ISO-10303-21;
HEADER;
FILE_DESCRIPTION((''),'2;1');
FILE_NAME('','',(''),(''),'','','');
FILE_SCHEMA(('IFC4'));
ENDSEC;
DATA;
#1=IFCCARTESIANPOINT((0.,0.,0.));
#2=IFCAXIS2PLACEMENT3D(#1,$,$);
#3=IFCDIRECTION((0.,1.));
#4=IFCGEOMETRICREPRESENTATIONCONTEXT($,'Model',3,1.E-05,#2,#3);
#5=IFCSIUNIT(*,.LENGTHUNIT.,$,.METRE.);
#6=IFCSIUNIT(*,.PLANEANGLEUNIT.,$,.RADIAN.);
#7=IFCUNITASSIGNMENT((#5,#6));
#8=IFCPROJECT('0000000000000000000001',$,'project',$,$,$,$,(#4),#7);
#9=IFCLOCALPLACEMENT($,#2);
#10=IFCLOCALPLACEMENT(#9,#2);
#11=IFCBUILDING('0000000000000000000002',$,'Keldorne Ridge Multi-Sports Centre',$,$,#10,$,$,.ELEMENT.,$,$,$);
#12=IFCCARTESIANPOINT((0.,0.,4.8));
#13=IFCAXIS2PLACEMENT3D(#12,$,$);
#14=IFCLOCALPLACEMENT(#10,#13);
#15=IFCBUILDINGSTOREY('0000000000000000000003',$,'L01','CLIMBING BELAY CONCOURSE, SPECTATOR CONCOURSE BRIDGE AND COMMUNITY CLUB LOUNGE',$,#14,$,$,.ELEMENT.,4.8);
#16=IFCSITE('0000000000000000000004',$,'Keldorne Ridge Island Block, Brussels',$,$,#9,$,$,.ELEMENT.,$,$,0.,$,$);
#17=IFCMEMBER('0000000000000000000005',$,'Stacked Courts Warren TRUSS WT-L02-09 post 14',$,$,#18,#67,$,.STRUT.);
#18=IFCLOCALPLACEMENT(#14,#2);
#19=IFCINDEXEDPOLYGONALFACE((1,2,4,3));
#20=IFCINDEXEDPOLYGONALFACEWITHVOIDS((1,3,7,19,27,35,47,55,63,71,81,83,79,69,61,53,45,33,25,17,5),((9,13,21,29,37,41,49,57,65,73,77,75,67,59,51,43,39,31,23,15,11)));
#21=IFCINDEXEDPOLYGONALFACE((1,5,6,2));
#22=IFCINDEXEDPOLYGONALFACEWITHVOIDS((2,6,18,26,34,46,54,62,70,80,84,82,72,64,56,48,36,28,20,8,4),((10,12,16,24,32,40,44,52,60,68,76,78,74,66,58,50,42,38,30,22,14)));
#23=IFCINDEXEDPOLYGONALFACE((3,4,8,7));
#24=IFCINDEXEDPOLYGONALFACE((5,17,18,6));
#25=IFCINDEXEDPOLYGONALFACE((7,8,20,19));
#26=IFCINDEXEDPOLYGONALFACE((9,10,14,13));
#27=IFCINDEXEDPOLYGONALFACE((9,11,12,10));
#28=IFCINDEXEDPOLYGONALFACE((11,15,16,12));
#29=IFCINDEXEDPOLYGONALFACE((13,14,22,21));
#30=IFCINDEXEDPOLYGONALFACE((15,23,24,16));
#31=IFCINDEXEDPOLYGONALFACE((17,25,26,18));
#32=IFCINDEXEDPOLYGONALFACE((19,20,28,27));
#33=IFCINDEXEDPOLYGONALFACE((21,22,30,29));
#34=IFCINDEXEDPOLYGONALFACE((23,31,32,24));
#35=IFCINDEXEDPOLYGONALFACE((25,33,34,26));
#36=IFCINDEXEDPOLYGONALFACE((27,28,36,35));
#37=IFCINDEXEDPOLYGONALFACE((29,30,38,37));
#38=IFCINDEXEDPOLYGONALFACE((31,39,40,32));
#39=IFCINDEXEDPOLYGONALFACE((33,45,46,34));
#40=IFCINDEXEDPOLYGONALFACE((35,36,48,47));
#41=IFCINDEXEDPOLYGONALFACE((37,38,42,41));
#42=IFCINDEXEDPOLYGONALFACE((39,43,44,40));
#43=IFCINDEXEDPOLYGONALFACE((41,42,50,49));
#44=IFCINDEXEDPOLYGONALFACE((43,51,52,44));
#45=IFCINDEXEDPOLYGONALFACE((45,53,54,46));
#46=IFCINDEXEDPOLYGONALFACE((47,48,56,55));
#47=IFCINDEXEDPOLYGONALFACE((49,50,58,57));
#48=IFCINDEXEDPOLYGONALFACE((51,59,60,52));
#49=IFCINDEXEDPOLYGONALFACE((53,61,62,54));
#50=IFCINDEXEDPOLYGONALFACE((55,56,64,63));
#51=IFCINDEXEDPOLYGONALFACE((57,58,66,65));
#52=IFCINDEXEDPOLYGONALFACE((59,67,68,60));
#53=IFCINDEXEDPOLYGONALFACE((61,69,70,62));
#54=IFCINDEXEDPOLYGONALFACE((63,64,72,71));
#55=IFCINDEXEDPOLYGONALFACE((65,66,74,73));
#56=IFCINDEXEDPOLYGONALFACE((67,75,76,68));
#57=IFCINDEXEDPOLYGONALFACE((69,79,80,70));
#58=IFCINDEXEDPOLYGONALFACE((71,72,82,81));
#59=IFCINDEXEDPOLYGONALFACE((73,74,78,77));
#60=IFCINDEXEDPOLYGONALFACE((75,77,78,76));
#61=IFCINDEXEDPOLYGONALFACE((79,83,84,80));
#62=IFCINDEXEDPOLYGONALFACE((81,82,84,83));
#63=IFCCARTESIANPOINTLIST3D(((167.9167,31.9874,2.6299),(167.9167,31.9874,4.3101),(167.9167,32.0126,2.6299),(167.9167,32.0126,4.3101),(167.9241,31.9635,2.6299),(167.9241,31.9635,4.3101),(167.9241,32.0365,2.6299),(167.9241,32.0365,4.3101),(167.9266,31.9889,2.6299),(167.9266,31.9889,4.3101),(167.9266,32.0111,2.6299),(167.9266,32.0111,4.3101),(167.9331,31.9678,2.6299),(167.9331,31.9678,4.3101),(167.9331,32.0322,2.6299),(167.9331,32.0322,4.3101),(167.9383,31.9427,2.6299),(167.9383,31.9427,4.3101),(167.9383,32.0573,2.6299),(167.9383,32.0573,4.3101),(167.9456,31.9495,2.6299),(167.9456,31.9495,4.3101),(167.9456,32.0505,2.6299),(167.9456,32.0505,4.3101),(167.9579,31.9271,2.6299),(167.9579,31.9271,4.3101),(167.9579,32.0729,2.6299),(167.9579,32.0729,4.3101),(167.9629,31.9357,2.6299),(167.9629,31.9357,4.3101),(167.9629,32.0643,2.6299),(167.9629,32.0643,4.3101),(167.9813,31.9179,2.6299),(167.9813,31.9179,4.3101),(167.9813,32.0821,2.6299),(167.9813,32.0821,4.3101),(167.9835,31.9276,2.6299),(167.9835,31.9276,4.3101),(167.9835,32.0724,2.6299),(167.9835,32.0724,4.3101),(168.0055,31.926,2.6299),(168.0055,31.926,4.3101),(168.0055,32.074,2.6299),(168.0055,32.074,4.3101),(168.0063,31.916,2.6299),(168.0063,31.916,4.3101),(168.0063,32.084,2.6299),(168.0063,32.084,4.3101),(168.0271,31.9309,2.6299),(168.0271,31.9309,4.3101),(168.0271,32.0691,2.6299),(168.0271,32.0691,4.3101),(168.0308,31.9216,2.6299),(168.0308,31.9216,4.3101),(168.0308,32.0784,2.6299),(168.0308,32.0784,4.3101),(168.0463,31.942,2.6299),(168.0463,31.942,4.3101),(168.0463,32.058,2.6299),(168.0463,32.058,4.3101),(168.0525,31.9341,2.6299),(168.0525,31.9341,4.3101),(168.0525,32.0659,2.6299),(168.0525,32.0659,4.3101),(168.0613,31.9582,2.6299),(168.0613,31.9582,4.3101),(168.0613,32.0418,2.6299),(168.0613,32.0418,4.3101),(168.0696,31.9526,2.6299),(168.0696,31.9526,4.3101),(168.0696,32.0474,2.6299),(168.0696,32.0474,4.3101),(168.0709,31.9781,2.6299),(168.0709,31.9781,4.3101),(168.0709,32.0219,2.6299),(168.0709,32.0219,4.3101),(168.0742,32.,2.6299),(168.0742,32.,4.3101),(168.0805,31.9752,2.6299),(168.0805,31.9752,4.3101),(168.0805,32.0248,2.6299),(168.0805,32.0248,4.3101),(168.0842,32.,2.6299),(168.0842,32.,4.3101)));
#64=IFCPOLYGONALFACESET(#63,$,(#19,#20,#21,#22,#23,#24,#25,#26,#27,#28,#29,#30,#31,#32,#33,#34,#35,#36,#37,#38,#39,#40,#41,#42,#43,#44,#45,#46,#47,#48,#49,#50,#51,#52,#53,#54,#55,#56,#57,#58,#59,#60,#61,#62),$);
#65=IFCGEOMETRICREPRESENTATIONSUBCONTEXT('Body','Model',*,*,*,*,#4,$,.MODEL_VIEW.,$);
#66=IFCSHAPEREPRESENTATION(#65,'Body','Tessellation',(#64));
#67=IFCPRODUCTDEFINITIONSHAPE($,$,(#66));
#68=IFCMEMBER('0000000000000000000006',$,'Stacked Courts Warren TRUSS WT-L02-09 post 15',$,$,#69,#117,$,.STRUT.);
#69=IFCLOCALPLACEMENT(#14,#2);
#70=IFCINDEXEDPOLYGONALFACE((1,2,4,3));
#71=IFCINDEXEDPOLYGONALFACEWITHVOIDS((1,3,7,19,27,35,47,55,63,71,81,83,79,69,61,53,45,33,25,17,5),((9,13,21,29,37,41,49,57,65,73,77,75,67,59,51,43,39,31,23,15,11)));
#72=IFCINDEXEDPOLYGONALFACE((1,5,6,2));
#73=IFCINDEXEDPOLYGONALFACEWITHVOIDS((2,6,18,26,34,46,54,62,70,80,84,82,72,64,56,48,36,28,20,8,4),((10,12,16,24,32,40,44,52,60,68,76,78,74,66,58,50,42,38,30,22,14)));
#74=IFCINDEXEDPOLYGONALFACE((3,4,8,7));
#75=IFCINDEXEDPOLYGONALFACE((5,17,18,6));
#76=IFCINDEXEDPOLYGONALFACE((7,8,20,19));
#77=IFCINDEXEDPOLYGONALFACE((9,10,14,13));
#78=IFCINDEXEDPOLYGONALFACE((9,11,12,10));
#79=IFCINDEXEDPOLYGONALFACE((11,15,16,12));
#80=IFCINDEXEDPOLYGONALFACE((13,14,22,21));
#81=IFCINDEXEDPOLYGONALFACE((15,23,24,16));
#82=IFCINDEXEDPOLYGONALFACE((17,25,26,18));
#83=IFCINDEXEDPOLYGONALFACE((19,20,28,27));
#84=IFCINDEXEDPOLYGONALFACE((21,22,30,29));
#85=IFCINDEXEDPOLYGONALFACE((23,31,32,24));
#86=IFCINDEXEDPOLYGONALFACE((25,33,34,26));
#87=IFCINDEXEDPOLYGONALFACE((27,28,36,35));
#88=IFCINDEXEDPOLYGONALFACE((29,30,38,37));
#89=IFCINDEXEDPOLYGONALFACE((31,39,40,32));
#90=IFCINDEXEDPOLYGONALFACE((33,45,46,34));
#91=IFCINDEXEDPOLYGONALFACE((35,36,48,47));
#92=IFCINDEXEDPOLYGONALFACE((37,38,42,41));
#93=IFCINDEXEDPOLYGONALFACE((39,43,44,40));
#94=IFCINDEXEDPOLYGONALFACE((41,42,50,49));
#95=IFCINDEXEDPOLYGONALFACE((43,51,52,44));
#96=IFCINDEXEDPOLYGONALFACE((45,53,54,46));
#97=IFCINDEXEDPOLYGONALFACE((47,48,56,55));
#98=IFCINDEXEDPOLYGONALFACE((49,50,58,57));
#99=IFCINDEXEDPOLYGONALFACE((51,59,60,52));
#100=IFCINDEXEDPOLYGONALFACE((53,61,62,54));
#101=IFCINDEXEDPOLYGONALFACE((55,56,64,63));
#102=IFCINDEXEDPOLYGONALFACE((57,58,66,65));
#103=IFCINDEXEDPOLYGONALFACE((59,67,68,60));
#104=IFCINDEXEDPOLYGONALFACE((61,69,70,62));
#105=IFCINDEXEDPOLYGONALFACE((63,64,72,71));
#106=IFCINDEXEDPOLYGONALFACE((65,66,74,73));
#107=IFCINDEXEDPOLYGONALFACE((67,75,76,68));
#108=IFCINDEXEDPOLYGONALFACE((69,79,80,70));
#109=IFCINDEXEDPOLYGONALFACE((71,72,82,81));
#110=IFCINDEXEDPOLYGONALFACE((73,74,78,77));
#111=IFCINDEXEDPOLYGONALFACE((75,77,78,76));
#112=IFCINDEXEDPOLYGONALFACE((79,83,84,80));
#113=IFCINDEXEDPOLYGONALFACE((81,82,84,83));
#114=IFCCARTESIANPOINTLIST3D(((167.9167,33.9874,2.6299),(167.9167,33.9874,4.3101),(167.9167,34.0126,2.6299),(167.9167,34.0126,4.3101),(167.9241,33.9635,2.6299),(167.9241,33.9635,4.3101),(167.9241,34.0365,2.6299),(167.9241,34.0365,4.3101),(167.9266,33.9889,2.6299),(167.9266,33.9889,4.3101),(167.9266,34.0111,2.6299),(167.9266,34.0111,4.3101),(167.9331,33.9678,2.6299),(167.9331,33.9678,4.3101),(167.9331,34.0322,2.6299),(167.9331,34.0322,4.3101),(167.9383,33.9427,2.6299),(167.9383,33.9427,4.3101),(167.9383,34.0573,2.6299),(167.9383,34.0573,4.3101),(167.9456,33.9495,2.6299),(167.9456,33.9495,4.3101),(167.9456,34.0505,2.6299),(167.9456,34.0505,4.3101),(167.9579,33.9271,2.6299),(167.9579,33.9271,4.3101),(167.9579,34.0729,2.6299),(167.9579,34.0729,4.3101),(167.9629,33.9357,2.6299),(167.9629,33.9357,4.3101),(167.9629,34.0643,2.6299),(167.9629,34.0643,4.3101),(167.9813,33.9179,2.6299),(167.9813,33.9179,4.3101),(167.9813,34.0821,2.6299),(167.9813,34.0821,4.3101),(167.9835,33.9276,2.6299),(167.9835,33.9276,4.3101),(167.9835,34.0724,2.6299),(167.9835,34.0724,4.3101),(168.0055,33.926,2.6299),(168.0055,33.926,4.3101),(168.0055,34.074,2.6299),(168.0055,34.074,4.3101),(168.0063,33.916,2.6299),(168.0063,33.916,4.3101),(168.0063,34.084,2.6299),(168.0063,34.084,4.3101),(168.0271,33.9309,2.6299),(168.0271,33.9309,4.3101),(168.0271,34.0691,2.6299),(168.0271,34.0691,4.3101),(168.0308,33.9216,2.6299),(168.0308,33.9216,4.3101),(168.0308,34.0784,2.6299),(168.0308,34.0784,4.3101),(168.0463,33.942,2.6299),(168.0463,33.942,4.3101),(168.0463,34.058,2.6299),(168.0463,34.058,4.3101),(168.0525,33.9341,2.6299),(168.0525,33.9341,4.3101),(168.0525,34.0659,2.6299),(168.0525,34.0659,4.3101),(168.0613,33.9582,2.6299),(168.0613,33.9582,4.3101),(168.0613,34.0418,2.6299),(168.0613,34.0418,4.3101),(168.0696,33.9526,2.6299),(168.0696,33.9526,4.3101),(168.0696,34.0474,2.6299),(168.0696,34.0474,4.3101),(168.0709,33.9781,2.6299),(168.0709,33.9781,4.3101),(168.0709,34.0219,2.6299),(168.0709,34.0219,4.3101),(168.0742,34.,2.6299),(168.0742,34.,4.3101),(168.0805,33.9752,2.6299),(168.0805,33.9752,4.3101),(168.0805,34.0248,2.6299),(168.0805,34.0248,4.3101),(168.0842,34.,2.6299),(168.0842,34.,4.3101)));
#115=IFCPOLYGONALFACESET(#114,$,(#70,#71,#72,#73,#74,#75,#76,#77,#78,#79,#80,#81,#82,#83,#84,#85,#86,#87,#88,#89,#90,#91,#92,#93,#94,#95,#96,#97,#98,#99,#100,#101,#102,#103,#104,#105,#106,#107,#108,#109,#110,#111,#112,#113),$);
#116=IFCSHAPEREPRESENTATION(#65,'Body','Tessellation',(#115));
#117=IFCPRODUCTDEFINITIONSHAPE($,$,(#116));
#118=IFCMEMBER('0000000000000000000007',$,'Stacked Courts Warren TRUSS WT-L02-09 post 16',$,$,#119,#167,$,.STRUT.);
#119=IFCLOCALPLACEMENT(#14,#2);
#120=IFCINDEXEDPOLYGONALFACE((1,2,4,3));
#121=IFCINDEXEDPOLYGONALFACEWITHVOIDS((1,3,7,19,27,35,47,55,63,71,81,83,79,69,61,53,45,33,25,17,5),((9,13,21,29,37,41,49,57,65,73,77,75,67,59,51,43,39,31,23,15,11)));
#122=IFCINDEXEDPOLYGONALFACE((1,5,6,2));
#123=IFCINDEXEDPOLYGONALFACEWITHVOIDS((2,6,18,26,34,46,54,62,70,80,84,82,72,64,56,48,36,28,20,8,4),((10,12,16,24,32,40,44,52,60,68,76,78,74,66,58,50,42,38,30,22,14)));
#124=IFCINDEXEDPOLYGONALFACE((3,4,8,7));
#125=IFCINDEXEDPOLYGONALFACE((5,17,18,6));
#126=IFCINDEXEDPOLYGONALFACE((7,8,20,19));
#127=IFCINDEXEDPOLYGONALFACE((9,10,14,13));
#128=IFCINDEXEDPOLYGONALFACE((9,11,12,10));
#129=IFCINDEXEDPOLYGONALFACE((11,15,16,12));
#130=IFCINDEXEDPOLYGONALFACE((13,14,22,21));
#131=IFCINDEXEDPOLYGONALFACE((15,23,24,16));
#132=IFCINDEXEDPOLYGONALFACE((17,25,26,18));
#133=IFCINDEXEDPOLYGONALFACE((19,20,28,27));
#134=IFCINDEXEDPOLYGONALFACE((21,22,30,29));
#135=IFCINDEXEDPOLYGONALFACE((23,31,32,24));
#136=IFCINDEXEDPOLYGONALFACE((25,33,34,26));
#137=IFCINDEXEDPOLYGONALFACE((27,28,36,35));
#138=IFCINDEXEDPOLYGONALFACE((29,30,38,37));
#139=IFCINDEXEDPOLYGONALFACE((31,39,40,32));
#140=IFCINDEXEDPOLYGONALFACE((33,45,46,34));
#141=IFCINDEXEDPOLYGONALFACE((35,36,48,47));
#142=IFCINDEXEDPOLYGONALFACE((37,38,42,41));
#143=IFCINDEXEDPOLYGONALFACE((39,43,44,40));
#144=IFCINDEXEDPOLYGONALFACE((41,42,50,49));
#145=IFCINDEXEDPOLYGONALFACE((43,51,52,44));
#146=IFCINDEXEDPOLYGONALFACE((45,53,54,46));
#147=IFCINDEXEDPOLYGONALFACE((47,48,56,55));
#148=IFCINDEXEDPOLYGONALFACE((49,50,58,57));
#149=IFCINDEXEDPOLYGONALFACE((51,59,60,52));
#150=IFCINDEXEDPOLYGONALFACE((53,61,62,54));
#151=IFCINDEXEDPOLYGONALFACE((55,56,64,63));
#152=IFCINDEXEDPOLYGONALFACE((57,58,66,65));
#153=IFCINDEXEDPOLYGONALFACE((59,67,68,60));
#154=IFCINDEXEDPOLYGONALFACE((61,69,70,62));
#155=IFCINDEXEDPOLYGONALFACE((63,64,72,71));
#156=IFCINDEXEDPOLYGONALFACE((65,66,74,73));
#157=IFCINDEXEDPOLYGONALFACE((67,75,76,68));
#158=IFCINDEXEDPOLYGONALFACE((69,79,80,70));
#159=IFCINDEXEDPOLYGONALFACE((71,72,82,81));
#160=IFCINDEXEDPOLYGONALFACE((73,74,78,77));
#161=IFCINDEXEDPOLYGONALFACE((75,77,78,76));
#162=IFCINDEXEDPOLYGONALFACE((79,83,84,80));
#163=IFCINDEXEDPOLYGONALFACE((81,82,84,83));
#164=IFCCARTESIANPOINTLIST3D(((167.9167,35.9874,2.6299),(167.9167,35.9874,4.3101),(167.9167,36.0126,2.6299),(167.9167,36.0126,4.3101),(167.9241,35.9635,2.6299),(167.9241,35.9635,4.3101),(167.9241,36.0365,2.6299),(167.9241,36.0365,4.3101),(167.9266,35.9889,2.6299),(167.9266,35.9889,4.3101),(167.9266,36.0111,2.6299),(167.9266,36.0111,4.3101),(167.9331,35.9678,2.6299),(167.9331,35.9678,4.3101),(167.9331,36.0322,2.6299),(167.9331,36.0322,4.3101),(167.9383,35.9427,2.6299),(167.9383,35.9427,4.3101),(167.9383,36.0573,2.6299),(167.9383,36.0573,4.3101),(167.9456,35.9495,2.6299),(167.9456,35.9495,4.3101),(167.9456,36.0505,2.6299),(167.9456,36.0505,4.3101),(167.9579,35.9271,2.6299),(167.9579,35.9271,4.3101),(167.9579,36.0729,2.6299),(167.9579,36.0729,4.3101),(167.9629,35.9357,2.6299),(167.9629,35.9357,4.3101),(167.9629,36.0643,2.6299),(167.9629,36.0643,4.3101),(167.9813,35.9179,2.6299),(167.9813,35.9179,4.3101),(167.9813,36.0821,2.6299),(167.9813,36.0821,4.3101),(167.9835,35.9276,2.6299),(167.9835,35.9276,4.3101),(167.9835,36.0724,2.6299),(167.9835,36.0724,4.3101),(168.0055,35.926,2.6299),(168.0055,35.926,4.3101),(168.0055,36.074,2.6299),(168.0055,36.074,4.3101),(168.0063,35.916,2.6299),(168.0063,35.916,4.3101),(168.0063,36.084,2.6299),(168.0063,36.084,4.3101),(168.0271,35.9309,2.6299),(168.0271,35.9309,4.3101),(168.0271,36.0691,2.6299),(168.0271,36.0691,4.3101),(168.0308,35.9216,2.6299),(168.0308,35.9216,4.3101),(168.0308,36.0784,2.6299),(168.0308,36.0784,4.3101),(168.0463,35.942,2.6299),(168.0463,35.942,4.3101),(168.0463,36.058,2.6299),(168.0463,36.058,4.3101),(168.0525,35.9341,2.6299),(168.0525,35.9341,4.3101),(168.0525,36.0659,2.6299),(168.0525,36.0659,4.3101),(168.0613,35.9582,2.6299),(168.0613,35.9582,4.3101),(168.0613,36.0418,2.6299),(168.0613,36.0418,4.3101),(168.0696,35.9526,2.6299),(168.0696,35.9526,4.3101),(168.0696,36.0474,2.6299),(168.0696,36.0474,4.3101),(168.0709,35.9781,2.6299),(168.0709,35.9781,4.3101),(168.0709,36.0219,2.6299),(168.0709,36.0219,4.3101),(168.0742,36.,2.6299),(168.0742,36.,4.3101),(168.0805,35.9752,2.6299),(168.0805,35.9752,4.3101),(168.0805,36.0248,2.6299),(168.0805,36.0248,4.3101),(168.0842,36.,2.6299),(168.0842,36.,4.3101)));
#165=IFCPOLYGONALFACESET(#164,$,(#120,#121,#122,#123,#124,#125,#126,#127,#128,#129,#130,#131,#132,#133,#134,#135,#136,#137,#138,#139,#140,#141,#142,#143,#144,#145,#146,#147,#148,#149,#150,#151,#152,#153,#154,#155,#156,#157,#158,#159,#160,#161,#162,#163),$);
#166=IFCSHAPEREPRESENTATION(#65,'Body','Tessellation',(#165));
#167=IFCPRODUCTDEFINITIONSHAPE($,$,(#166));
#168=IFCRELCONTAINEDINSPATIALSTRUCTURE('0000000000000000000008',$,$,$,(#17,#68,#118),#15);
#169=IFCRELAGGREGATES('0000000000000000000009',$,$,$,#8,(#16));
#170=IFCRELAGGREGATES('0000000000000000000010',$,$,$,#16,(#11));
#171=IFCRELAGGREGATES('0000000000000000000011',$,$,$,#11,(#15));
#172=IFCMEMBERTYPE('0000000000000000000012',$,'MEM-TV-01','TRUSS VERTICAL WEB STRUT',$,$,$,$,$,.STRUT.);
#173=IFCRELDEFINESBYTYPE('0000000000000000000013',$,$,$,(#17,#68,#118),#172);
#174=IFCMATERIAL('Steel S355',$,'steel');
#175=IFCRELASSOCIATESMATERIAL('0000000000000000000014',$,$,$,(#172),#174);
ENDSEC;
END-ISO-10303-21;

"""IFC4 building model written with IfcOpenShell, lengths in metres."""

from ifc_helpers import new_model, si_unit, direction, frame, origin, origin_2d, place, context, subcontext, project, spatial, hollow_circle, extrude, material, material_profile, profile_set, type_object, element, save


model = new_model("IFC4")

# Units and contexts
model_context = context("Model", 3, precision=1e-05, world=origin(), true_north=direction((0.0, 1.0)))
body_context = subcontext(model_context, "Body", "Model", "MODEL_VIEW")
ifc_project = project(units=[si_unit("LENGTHUNIT", "METRE"), si_unit("PLANEANGLEUNIT", "RADIAN")], contexts=[model_context])

# Site, building, storey
site_placement = place(None, origin())
site = spatial("IfcSite", under=ifc_project, at=site_placement, Name="Keldorne Ridge Island Block, Brussels", CompositionType="ELEMENT", RefElevation=0.0)
building_placement = place(site_placement, origin())
building = spatial("IfcBuilding", under=site, at=building_placement, Name="Keldorne Ridge Multi-Sports Centre", CompositionType="ELEMENT")
storey_placement = place(building_placement, frame((0.0, 0.0, 4.8)))
storey = spatial("IfcBuildingStorey", under=building, at=storey_placement, Name="L01", Description="CLIMBING BELAY CONCOURSE, SPECTATOR CONCOURSE BRIDGE AND COMMUNITY CLUB LOUNGE", CompositionType="ELEMENT", Elevation=4.8)

# Shared definitions
ifc_material_1 = material(Name="Steel S355", Category="steel")

# Members
ifc_material_profile_1 = material_profile(ifc_material_1, hollow_circle(Radius=0.0842, WallThickness=0.01, at=origin_2d()), Name="CHS 168.3x10")
ifc_profile_set_1 = profile_set([ifc_material_profile_1], Name="Steel S355")
member_type_1 = type_object("IfcMemberType", Name="MEM-TV-01", Description="TRUSS VERTICAL WEB STRUT", PredefinedType="STRUT", material=ifc_profile_set_1)
for number, where, z_axis, x_axis, name in (
    (1, (168.0, 32.0, 2.6299), (0.0, 0.0, 1.0), (1.0, 0.0, 0.0), "Stacked Courts Warren TRUSS WT-L02-09 post 14"),
    (2, (168.0, 34.0, 2.6299), (0.0, 0.0, 1.0), (1.0, 0.0, 0.0), "Stacked Courts Warren TRUSS WT-L02-09 post 15"),
    (3, (168.0, 36.0, 2.6299), (0.0, 0.0, 1.0), (1.0, 0.0, 0.0), "Stacked Courts Warren TRUSS WT-L02-09 post 16"),
):
    element("IfcMember", number, at=place(storey_placement, frame(where, z_axis=z_axis, x_axis=x_axis)), inside=storey, type_object=member_type_1, Name=name, PredefinedType="STRUT", context=body_context, shape_type="SweptSolid", body=[
        extrude(hollow_circle(Radius=0.0842, WallThickness=0.01, at=origin_2d()), origin(), (0.0, 0.0, 1.0), 1.6802),
    ])

save(model, "model.ifc")
